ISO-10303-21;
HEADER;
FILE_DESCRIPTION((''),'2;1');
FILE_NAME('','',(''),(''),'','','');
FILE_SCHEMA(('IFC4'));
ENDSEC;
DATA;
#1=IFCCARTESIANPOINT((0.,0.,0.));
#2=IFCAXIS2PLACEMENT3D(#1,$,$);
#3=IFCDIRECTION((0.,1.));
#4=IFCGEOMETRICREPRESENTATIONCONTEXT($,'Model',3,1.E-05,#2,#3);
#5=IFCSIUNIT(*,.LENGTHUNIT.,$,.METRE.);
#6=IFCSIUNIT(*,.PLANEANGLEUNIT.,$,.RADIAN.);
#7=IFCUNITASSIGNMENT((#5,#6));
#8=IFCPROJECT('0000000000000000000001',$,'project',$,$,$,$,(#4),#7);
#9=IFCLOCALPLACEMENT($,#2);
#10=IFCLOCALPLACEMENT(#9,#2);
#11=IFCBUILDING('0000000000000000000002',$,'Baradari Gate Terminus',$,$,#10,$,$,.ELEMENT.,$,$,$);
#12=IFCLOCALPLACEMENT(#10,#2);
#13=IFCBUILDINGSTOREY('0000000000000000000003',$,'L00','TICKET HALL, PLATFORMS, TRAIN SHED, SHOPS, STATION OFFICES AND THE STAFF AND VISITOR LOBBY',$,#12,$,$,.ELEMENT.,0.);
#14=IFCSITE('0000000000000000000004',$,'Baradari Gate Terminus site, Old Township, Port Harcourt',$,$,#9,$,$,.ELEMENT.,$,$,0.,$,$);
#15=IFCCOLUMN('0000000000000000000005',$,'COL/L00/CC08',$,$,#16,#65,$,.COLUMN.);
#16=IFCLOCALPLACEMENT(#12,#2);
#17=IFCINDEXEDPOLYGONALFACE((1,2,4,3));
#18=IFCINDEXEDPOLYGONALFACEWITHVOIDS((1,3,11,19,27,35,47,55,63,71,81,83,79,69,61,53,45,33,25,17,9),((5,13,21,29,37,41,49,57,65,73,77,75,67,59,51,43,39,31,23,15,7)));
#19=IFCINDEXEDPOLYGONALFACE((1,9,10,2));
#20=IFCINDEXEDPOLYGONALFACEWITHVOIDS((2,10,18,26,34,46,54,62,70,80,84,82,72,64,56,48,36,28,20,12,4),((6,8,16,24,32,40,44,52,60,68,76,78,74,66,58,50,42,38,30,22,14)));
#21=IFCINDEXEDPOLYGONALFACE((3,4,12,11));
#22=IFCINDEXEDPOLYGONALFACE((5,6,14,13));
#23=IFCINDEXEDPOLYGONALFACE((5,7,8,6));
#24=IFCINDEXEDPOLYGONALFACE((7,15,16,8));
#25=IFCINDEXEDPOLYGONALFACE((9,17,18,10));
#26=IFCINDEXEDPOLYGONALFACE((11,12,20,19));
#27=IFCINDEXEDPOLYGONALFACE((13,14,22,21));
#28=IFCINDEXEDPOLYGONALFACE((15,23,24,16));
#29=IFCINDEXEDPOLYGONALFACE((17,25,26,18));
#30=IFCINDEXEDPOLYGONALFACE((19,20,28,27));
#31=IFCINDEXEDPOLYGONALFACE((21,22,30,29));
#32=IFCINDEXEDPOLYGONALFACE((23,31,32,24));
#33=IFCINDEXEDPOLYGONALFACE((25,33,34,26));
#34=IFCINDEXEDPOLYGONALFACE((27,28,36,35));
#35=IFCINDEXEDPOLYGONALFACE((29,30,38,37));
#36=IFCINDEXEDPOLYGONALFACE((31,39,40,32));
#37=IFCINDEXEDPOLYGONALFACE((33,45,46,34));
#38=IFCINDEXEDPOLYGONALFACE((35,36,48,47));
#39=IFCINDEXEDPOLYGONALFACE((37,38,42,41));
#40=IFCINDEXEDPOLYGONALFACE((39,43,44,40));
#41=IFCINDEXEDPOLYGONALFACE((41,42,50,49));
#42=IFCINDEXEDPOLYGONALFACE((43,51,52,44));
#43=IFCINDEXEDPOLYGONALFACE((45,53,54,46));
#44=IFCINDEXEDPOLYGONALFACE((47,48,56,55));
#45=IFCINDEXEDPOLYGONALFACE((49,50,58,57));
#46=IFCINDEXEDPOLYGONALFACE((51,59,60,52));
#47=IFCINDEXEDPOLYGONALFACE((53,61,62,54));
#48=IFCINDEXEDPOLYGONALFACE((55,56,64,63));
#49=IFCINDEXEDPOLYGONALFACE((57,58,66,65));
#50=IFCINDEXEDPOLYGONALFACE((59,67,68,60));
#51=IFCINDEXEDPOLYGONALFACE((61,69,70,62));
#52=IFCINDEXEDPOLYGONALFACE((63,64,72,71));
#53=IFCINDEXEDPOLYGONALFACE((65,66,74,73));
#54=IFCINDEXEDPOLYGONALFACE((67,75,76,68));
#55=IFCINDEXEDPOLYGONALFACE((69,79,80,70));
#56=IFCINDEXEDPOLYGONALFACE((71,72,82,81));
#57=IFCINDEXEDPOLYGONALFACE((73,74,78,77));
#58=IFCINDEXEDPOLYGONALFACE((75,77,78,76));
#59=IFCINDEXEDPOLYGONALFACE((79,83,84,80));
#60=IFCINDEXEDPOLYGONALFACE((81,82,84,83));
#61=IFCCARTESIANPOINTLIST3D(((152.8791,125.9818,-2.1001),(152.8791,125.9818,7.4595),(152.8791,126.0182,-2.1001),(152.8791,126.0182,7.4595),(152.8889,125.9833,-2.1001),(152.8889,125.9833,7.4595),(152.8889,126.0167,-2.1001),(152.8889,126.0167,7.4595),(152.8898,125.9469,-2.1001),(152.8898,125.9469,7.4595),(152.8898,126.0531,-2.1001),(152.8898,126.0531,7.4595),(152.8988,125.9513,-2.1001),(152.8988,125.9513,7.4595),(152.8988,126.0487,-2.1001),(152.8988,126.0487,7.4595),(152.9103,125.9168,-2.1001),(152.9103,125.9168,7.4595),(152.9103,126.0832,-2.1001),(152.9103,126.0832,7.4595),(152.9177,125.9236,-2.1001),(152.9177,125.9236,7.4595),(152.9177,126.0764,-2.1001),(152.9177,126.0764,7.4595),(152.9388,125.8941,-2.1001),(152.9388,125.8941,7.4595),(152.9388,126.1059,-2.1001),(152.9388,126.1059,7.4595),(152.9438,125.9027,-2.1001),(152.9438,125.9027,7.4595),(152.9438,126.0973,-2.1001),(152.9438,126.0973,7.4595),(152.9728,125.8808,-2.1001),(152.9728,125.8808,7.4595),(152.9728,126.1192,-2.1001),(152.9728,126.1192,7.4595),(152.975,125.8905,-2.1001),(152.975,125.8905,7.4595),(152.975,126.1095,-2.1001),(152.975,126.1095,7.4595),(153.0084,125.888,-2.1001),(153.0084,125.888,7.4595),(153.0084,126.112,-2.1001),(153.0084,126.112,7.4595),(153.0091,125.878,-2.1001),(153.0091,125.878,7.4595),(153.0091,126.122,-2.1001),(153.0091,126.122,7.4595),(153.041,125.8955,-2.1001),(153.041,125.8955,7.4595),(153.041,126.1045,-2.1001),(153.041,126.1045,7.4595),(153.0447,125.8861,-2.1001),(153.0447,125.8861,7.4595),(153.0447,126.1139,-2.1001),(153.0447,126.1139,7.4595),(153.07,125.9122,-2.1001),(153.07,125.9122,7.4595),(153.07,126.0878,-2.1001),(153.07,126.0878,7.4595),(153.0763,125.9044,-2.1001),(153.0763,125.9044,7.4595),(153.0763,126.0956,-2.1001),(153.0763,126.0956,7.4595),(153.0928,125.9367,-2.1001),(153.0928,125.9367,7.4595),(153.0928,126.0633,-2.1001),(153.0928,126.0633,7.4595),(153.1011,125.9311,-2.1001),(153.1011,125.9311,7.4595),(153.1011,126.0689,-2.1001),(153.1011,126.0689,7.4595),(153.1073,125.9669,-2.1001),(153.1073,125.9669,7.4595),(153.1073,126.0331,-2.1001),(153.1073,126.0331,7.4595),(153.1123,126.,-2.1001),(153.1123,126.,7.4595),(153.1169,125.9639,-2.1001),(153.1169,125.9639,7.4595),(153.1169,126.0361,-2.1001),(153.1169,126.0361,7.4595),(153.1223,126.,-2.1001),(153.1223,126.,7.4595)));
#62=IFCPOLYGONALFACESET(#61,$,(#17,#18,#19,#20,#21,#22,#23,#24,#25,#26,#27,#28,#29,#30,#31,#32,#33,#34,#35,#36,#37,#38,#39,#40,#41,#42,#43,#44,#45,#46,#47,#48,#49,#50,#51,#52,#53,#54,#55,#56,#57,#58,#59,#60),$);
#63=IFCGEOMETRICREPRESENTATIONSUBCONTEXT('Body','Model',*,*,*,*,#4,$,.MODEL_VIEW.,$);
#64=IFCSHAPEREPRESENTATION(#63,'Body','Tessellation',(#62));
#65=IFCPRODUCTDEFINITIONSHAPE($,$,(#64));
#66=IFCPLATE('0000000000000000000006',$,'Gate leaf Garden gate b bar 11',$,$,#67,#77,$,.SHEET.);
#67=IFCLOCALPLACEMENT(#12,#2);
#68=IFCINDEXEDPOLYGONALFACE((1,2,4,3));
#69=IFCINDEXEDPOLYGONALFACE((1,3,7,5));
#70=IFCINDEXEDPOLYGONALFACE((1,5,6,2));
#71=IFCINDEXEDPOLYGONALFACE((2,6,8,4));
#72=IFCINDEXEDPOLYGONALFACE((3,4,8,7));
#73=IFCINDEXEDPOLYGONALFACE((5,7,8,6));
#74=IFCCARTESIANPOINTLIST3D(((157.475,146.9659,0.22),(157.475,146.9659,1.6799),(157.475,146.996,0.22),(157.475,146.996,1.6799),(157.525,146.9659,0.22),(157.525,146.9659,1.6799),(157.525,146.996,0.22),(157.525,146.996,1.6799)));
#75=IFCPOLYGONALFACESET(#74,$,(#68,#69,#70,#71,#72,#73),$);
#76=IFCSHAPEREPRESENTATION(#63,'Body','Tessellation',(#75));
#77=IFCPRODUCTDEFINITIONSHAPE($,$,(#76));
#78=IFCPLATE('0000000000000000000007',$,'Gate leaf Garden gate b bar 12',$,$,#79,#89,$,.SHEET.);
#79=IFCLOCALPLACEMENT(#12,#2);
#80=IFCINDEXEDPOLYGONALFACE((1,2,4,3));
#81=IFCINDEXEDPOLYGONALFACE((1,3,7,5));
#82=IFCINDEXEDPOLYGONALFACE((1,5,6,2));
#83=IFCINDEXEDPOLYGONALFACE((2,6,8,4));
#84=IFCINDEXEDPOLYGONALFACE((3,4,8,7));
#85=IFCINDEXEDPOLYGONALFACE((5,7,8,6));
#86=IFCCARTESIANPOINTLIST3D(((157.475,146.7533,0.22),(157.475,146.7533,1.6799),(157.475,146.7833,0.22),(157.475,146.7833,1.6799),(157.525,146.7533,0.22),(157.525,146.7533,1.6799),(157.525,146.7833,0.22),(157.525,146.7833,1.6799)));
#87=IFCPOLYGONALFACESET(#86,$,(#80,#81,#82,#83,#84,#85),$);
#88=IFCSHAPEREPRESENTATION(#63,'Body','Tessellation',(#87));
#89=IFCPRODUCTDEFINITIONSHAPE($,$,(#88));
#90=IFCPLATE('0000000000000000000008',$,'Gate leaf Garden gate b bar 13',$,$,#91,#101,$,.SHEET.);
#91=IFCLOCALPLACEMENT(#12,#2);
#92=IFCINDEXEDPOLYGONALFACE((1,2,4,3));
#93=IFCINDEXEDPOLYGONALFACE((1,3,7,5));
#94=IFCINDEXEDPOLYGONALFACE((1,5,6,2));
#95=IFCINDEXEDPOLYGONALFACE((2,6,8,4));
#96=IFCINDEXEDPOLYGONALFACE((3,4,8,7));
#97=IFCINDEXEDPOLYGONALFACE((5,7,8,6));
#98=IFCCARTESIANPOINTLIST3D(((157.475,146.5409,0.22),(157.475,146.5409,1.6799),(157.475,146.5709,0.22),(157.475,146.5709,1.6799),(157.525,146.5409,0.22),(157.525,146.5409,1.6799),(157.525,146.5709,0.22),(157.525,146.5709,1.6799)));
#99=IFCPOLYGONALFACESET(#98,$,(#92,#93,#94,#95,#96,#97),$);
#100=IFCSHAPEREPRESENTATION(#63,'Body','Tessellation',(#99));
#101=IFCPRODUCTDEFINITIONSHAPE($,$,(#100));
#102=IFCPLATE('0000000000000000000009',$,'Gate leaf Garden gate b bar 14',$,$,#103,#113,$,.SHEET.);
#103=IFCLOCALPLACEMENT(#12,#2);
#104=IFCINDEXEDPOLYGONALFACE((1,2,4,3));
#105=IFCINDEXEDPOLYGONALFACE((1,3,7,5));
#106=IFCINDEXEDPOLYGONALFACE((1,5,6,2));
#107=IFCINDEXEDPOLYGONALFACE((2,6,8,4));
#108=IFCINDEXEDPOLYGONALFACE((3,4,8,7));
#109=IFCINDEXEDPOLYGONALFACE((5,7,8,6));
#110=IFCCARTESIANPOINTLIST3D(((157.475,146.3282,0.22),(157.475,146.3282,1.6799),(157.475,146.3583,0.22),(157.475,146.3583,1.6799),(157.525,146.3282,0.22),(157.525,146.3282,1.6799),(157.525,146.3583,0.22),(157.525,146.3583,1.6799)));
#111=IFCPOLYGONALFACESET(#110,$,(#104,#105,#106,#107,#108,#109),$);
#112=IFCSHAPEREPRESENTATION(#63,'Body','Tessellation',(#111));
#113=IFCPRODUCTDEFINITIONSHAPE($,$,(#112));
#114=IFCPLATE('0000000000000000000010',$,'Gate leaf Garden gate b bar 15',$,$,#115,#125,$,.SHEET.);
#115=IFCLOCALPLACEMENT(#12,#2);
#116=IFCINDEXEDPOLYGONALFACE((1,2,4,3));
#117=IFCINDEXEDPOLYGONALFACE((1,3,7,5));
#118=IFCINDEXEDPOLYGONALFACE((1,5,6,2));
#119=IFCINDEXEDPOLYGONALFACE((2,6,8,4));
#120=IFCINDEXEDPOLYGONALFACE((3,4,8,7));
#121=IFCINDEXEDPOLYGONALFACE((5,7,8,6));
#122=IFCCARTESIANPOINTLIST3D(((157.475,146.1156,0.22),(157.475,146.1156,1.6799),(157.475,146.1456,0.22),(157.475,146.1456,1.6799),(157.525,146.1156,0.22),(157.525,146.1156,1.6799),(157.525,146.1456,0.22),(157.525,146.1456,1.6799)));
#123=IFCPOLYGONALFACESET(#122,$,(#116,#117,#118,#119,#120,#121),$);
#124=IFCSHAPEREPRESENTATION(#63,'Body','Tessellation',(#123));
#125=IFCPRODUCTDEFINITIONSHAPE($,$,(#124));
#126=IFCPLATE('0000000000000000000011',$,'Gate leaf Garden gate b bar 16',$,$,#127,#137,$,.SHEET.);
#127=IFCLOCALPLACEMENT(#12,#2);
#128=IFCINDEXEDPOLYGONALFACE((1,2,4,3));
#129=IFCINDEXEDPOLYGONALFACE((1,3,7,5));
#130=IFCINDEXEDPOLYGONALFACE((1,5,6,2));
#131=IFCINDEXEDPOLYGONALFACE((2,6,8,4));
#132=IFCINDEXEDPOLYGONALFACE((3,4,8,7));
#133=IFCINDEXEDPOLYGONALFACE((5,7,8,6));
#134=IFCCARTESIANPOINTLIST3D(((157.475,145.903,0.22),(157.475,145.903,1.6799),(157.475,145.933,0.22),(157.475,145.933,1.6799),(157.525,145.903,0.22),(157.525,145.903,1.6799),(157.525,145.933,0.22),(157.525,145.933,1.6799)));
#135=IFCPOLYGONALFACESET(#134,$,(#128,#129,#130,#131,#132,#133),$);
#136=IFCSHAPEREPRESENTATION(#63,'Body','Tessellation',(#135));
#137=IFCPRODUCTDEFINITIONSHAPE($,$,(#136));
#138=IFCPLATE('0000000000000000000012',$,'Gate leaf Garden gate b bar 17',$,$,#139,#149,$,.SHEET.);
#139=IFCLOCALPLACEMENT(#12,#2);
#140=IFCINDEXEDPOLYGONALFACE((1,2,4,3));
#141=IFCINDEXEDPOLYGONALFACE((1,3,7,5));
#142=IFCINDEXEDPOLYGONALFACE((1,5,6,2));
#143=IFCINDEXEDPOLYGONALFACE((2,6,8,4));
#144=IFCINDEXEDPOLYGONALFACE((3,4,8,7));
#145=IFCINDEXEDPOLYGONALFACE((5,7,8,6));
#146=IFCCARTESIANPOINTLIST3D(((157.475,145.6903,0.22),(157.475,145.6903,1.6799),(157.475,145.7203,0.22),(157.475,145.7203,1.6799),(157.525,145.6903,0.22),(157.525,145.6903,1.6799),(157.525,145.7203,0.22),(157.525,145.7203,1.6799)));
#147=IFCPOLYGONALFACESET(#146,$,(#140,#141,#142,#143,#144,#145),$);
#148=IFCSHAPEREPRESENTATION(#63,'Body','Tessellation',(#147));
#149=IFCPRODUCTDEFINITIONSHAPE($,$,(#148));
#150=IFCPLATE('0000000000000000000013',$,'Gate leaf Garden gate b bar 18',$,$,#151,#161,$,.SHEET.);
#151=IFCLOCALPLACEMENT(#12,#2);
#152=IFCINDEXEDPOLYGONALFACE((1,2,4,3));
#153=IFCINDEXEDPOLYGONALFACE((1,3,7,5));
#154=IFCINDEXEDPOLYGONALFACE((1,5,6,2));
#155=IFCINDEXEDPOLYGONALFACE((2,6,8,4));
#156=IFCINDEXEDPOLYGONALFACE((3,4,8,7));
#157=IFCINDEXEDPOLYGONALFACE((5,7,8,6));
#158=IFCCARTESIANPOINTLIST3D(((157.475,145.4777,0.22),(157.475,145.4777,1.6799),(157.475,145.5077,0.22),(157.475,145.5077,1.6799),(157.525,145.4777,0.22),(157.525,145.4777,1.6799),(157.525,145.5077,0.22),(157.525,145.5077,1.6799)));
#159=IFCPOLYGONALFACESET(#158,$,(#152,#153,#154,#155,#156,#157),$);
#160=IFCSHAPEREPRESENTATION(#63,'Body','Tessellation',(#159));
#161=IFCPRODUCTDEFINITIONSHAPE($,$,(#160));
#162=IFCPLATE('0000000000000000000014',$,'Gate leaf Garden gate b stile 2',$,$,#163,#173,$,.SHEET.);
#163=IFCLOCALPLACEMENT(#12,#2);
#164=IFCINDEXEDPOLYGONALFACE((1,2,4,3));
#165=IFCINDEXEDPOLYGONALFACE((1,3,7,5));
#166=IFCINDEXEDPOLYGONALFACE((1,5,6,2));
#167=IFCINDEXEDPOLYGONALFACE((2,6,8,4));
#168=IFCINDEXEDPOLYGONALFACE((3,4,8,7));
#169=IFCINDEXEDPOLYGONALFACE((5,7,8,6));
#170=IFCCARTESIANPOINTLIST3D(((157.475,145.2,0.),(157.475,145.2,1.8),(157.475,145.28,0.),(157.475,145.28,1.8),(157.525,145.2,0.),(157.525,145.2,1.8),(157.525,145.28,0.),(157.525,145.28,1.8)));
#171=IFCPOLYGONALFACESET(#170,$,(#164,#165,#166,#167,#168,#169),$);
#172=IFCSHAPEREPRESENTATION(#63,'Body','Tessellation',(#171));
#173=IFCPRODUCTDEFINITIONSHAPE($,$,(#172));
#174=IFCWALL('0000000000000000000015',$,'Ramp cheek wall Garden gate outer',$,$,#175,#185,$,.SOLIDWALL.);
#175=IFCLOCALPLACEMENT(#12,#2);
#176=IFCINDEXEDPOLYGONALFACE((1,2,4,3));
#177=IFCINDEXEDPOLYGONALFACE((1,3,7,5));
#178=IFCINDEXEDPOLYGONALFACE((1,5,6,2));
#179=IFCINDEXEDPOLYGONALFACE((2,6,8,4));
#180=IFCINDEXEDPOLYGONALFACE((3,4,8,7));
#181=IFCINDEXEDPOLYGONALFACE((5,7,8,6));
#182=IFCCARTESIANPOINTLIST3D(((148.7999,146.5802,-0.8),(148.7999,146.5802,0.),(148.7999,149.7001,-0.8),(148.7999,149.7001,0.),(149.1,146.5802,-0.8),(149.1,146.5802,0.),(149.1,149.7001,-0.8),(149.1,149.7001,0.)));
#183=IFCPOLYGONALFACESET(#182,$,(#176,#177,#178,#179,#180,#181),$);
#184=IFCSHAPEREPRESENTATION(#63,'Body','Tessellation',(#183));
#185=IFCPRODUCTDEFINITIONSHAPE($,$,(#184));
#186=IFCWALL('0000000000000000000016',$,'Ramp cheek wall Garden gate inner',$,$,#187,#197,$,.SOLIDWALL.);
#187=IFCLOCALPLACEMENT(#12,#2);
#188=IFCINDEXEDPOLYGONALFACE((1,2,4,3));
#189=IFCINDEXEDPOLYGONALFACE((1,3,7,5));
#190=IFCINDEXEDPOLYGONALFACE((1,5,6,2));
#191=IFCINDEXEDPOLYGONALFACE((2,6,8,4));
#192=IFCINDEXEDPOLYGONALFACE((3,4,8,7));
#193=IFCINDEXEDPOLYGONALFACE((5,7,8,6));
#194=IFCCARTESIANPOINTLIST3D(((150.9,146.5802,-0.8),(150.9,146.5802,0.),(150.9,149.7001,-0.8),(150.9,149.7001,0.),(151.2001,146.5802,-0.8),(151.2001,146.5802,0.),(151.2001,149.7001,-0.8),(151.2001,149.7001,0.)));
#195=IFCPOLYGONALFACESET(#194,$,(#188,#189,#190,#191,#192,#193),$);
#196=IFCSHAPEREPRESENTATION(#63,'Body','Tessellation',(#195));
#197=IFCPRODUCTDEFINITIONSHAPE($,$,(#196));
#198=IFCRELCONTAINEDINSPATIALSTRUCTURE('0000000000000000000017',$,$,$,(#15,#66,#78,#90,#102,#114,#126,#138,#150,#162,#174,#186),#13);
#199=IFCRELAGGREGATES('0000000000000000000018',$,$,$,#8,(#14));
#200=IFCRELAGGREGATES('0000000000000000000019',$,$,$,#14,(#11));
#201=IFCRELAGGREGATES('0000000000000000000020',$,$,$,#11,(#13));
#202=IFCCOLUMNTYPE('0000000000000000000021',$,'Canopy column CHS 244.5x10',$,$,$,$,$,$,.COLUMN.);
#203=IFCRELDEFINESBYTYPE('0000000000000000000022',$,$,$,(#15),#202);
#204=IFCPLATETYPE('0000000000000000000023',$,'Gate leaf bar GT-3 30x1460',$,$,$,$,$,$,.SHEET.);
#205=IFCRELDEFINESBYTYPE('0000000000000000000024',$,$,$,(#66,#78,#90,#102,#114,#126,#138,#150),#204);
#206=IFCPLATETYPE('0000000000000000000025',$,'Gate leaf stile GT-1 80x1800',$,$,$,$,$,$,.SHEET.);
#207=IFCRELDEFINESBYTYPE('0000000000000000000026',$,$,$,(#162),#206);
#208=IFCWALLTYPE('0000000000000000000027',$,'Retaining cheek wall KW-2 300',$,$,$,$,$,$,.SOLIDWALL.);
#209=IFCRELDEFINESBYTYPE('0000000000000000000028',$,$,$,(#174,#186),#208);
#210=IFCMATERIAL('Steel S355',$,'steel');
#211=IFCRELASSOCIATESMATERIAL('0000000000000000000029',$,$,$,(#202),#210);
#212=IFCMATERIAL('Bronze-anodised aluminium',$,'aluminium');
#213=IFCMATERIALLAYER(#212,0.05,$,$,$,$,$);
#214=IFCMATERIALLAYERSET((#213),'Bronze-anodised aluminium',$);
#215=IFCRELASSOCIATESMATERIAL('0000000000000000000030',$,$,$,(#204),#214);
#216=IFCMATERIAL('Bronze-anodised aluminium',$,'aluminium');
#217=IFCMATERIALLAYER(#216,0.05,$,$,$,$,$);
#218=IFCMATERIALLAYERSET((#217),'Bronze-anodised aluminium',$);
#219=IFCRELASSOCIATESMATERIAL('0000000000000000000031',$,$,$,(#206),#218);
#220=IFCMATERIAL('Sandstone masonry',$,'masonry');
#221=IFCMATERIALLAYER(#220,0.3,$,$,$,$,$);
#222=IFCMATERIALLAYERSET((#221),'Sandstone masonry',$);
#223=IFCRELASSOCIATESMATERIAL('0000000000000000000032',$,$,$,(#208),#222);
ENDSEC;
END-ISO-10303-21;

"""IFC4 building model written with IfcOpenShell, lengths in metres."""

from ifc_helpers import new_model, si_unit, direction, frame, frame_2d, origin, origin_2d, place, context, subcontext, project, spatial, rectangle, hollow_circle, extrude, material, layer, layer_set, material_profile, profile_set, type_object, element, save


model = new_model("IFC4")

# Units and contexts
model_context = context("Model", 3, precision=1e-05, world=origin(), true_north=direction((0.0, 1.0)))
body_context = subcontext(model_context, "Body", "Model", "MODEL_VIEW")
ifc_project = project(units=[si_unit("LENGTHUNIT", "METRE"), si_unit("PLANEANGLEUNIT", "RADIAN")], contexts=[model_context])

# Site, building, storey
site_placement = place(None, origin())
site = spatial("IfcSite", under=ifc_project, at=site_placement, Name="Baradari Gate Terminus site, Old Township, Port Harcourt", CompositionType="ELEMENT", RefElevation=0.0)
building_placement = place(site_placement, origin())
building = spatial("IfcBuilding", under=site, at=building_placement, Name="Baradari Gate Terminus", CompositionType="ELEMENT")
storey_placement = place(building_placement, origin())
storey = spatial("IfcBuildingStorey", under=building, at=storey_placement, Name="L00", Description="TICKET HALL, PLATFORMS, TRAIN SHED, SHOPS, STATION OFFICES AND THE STAFF AND VISITOR LOBBY", CompositionType="ELEMENT", Elevation=0.0)

# Column
ifc_material_1 = material(Name="Steel S355", Category="steel")
ifc_material_profile = material_profile(ifc_material_1, hollow_circle(Radius=0.1223, WallThickness=0.01, at=origin_2d()), Name="CHS 244.5x10")
ifc_profile_set = profile_set([ifc_material_profile], Name="Steel S355")
column_type = type_object("IfcColumnType", Name="Canopy column CHS 244.5x10", PredefinedType="COLUMN", material=ifc_profile_set)
column_1_placement = place(storey_placement, frame((153.0, 126.0, -2.1001), z_axis=(0.0, 0.0, 1.0), x_axis=(1.0, 0.0, 0.0)))
element("IfcColumn", 1, at=column_1_placement, inside=storey, type_object=column_type, Name="COL/L00/CC08", PredefinedType="COLUMN", context=body_context, shape_type="SweptSolid", body=[
    extrude(hollow_circle(Radius=0.1223, WallThickness=0.01, at=origin_2d()), origin(), (0.0, 0.0, 1.0), 9.5596),
])

# Plates
ifc_material_2 = material(Name="Bronze-anodised aluminium", Category="aluminium")
ifc_layer_1 = layer(ifc_material_2, 0.05)
ifc_layer_set_1 = layer_set([ifc_layer_1], Name="Bronze-anodised aluminium")
plate_type_1 = type_object("IfcPlateType", Name="Gate leaf bar GT-3 30x1460", PredefinedType="SHEET", material=ifc_layer_set_1)
for number, where, z_axis, x_axis, name in (
    (2, (157.5, 146.981, 0.22), (0.0, 0.0, 1.0), (1.0, 0.0, 0.0), "Gate leaf Garden gate b bar 11"),
    (3, (157.5, 146.7683, 0.22), (0.0, 0.0, 1.0), (1.0, 0.0, 0.0), "Gate leaf Garden gate b bar 12"),
    (4, (157.5, 146.5559, 0.22), (0.0, 0.0, 1.0), (1.0, 0.0, 0.0), "Gate leaf Garden gate b bar 13"),
    (5, (157.5, 146.3433, 0.22), (0.0, 0.0, 1.0), (1.0, 0.0, 0.0), "Gate leaf Garden gate b bar 14"),
    (6, (157.5, 146.1306, 0.22), (0.0, 0.0, 1.0), (1.0, 0.0, 0.0), "Gate leaf Garden gate b bar 15"),
    (7, (157.5, 145.918, 0.22), (0.0, 0.0, 1.0), (1.0, 0.0, 0.0), "Gate leaf Garden gate b bar 16"),
    (8, (157.5, 145.7053, 0.22), (0.0, 0.0, 1.0), (1.0, 0.0, 0.0), "Gate leaf Garden gate b bar 17"),
    (9, (157.5, 145.4927, 0.22), (0.0, 0.0, 1.0), (1.0, 0.0, 0.0), "Gate leaf Garden gate b bar 18"),
):
    element("IfcPlate", number, at=place(storey_placement, frame(where, z_axis=z_axis, x_axis=x_axis)), inside=storey, type_object=plate_type_1, Name=name, PredefinedType="SHEET", context=body_context, shape_type="SweptSolid", body=[
        extrude(rectangle(XDim=0.05, YDim=0.03, at=origin_2d()), origin(), (0.0, 0.0, 1.0), 1.46),
    ])
ifc_material_3 = material(Name="Bronze-anodised aluminium", Category="aluminium")
ifc_layer_2 = layer(ifc_material_3, 0.05)
ifc_layer_set_2 = layer_set([ifc_layer_2], Name="Bronze-anodised aluminium")
plate_type_2 = type_object("IfcPlateType", Name="Gate leaf stile GT-1 80x1800", PredefinedType="SHEET", material=ifc_layer_set_2)
plate_placement = place(storey_placement, frame((157.5, 145.24, 0.0), z_axis=(0.0, 0.0, 1.0), x_axis=(1.0, 0.0, 0.0)))
element("IfcPlate", 10, at=plate_placement, inside=storey, type_object=plate_type_2, Name="Gate leaf Garden gate b stile 2", PredefinedType="SHEET", context=body_context, shape_type="SweptSolid", body=[
    extrude(rectangle(XDim=0.05, YDim=0.0801, at=origin_2d()), origin(), (0.0, 0.0, 1.0), 1.8),
])

# Walls
ifc_material_4 = material(Name="Sandstone masonry", Category="masonry")
ifc_layer_3 = layer(ifc_material_4, 0.3)
ifc_layer_set_3 = layer_set([ifc_layer_3], Name="Sandstone masonry")
wall_type = type_object("IfcWallType", Name="Retaining cheek wall KW-2 300", PredefinedType="SOLIDWALL", material=ifc_layer_set_3)
for number, where, z_axis, x_axis, name in (
    (11, (148.95, 146.5801, -0.8), (0.0, 0.0, 1.0), (0.0, 1.0, 0.0), "Ramp cheek wall Garden gate outer"),
    (12, (151.05, 146.5801, -0.8), (0.0, 0.0, 1.0), (0.0, 1.0, 0.0), "Ramp cheek wall Garden gate inner"),
):
    element("IfcWall", number, at=place(storey_placement, frame(where, z_axis=z_axis, x_axis=x_axis)), inside=storey, type_object=wall_type, Name=name, PredefinedType="SOLIDWALL", context=body_context, shape_type="SweptSolid", body=[
        extrude(rectangle(XDim=3.1199, YDim=0.3, at=frame_2d((1.5601, 0.0))), origin(), (0.0, 0.0, 1.0), 0.8),
    ])

save(model, "model.ifc")
